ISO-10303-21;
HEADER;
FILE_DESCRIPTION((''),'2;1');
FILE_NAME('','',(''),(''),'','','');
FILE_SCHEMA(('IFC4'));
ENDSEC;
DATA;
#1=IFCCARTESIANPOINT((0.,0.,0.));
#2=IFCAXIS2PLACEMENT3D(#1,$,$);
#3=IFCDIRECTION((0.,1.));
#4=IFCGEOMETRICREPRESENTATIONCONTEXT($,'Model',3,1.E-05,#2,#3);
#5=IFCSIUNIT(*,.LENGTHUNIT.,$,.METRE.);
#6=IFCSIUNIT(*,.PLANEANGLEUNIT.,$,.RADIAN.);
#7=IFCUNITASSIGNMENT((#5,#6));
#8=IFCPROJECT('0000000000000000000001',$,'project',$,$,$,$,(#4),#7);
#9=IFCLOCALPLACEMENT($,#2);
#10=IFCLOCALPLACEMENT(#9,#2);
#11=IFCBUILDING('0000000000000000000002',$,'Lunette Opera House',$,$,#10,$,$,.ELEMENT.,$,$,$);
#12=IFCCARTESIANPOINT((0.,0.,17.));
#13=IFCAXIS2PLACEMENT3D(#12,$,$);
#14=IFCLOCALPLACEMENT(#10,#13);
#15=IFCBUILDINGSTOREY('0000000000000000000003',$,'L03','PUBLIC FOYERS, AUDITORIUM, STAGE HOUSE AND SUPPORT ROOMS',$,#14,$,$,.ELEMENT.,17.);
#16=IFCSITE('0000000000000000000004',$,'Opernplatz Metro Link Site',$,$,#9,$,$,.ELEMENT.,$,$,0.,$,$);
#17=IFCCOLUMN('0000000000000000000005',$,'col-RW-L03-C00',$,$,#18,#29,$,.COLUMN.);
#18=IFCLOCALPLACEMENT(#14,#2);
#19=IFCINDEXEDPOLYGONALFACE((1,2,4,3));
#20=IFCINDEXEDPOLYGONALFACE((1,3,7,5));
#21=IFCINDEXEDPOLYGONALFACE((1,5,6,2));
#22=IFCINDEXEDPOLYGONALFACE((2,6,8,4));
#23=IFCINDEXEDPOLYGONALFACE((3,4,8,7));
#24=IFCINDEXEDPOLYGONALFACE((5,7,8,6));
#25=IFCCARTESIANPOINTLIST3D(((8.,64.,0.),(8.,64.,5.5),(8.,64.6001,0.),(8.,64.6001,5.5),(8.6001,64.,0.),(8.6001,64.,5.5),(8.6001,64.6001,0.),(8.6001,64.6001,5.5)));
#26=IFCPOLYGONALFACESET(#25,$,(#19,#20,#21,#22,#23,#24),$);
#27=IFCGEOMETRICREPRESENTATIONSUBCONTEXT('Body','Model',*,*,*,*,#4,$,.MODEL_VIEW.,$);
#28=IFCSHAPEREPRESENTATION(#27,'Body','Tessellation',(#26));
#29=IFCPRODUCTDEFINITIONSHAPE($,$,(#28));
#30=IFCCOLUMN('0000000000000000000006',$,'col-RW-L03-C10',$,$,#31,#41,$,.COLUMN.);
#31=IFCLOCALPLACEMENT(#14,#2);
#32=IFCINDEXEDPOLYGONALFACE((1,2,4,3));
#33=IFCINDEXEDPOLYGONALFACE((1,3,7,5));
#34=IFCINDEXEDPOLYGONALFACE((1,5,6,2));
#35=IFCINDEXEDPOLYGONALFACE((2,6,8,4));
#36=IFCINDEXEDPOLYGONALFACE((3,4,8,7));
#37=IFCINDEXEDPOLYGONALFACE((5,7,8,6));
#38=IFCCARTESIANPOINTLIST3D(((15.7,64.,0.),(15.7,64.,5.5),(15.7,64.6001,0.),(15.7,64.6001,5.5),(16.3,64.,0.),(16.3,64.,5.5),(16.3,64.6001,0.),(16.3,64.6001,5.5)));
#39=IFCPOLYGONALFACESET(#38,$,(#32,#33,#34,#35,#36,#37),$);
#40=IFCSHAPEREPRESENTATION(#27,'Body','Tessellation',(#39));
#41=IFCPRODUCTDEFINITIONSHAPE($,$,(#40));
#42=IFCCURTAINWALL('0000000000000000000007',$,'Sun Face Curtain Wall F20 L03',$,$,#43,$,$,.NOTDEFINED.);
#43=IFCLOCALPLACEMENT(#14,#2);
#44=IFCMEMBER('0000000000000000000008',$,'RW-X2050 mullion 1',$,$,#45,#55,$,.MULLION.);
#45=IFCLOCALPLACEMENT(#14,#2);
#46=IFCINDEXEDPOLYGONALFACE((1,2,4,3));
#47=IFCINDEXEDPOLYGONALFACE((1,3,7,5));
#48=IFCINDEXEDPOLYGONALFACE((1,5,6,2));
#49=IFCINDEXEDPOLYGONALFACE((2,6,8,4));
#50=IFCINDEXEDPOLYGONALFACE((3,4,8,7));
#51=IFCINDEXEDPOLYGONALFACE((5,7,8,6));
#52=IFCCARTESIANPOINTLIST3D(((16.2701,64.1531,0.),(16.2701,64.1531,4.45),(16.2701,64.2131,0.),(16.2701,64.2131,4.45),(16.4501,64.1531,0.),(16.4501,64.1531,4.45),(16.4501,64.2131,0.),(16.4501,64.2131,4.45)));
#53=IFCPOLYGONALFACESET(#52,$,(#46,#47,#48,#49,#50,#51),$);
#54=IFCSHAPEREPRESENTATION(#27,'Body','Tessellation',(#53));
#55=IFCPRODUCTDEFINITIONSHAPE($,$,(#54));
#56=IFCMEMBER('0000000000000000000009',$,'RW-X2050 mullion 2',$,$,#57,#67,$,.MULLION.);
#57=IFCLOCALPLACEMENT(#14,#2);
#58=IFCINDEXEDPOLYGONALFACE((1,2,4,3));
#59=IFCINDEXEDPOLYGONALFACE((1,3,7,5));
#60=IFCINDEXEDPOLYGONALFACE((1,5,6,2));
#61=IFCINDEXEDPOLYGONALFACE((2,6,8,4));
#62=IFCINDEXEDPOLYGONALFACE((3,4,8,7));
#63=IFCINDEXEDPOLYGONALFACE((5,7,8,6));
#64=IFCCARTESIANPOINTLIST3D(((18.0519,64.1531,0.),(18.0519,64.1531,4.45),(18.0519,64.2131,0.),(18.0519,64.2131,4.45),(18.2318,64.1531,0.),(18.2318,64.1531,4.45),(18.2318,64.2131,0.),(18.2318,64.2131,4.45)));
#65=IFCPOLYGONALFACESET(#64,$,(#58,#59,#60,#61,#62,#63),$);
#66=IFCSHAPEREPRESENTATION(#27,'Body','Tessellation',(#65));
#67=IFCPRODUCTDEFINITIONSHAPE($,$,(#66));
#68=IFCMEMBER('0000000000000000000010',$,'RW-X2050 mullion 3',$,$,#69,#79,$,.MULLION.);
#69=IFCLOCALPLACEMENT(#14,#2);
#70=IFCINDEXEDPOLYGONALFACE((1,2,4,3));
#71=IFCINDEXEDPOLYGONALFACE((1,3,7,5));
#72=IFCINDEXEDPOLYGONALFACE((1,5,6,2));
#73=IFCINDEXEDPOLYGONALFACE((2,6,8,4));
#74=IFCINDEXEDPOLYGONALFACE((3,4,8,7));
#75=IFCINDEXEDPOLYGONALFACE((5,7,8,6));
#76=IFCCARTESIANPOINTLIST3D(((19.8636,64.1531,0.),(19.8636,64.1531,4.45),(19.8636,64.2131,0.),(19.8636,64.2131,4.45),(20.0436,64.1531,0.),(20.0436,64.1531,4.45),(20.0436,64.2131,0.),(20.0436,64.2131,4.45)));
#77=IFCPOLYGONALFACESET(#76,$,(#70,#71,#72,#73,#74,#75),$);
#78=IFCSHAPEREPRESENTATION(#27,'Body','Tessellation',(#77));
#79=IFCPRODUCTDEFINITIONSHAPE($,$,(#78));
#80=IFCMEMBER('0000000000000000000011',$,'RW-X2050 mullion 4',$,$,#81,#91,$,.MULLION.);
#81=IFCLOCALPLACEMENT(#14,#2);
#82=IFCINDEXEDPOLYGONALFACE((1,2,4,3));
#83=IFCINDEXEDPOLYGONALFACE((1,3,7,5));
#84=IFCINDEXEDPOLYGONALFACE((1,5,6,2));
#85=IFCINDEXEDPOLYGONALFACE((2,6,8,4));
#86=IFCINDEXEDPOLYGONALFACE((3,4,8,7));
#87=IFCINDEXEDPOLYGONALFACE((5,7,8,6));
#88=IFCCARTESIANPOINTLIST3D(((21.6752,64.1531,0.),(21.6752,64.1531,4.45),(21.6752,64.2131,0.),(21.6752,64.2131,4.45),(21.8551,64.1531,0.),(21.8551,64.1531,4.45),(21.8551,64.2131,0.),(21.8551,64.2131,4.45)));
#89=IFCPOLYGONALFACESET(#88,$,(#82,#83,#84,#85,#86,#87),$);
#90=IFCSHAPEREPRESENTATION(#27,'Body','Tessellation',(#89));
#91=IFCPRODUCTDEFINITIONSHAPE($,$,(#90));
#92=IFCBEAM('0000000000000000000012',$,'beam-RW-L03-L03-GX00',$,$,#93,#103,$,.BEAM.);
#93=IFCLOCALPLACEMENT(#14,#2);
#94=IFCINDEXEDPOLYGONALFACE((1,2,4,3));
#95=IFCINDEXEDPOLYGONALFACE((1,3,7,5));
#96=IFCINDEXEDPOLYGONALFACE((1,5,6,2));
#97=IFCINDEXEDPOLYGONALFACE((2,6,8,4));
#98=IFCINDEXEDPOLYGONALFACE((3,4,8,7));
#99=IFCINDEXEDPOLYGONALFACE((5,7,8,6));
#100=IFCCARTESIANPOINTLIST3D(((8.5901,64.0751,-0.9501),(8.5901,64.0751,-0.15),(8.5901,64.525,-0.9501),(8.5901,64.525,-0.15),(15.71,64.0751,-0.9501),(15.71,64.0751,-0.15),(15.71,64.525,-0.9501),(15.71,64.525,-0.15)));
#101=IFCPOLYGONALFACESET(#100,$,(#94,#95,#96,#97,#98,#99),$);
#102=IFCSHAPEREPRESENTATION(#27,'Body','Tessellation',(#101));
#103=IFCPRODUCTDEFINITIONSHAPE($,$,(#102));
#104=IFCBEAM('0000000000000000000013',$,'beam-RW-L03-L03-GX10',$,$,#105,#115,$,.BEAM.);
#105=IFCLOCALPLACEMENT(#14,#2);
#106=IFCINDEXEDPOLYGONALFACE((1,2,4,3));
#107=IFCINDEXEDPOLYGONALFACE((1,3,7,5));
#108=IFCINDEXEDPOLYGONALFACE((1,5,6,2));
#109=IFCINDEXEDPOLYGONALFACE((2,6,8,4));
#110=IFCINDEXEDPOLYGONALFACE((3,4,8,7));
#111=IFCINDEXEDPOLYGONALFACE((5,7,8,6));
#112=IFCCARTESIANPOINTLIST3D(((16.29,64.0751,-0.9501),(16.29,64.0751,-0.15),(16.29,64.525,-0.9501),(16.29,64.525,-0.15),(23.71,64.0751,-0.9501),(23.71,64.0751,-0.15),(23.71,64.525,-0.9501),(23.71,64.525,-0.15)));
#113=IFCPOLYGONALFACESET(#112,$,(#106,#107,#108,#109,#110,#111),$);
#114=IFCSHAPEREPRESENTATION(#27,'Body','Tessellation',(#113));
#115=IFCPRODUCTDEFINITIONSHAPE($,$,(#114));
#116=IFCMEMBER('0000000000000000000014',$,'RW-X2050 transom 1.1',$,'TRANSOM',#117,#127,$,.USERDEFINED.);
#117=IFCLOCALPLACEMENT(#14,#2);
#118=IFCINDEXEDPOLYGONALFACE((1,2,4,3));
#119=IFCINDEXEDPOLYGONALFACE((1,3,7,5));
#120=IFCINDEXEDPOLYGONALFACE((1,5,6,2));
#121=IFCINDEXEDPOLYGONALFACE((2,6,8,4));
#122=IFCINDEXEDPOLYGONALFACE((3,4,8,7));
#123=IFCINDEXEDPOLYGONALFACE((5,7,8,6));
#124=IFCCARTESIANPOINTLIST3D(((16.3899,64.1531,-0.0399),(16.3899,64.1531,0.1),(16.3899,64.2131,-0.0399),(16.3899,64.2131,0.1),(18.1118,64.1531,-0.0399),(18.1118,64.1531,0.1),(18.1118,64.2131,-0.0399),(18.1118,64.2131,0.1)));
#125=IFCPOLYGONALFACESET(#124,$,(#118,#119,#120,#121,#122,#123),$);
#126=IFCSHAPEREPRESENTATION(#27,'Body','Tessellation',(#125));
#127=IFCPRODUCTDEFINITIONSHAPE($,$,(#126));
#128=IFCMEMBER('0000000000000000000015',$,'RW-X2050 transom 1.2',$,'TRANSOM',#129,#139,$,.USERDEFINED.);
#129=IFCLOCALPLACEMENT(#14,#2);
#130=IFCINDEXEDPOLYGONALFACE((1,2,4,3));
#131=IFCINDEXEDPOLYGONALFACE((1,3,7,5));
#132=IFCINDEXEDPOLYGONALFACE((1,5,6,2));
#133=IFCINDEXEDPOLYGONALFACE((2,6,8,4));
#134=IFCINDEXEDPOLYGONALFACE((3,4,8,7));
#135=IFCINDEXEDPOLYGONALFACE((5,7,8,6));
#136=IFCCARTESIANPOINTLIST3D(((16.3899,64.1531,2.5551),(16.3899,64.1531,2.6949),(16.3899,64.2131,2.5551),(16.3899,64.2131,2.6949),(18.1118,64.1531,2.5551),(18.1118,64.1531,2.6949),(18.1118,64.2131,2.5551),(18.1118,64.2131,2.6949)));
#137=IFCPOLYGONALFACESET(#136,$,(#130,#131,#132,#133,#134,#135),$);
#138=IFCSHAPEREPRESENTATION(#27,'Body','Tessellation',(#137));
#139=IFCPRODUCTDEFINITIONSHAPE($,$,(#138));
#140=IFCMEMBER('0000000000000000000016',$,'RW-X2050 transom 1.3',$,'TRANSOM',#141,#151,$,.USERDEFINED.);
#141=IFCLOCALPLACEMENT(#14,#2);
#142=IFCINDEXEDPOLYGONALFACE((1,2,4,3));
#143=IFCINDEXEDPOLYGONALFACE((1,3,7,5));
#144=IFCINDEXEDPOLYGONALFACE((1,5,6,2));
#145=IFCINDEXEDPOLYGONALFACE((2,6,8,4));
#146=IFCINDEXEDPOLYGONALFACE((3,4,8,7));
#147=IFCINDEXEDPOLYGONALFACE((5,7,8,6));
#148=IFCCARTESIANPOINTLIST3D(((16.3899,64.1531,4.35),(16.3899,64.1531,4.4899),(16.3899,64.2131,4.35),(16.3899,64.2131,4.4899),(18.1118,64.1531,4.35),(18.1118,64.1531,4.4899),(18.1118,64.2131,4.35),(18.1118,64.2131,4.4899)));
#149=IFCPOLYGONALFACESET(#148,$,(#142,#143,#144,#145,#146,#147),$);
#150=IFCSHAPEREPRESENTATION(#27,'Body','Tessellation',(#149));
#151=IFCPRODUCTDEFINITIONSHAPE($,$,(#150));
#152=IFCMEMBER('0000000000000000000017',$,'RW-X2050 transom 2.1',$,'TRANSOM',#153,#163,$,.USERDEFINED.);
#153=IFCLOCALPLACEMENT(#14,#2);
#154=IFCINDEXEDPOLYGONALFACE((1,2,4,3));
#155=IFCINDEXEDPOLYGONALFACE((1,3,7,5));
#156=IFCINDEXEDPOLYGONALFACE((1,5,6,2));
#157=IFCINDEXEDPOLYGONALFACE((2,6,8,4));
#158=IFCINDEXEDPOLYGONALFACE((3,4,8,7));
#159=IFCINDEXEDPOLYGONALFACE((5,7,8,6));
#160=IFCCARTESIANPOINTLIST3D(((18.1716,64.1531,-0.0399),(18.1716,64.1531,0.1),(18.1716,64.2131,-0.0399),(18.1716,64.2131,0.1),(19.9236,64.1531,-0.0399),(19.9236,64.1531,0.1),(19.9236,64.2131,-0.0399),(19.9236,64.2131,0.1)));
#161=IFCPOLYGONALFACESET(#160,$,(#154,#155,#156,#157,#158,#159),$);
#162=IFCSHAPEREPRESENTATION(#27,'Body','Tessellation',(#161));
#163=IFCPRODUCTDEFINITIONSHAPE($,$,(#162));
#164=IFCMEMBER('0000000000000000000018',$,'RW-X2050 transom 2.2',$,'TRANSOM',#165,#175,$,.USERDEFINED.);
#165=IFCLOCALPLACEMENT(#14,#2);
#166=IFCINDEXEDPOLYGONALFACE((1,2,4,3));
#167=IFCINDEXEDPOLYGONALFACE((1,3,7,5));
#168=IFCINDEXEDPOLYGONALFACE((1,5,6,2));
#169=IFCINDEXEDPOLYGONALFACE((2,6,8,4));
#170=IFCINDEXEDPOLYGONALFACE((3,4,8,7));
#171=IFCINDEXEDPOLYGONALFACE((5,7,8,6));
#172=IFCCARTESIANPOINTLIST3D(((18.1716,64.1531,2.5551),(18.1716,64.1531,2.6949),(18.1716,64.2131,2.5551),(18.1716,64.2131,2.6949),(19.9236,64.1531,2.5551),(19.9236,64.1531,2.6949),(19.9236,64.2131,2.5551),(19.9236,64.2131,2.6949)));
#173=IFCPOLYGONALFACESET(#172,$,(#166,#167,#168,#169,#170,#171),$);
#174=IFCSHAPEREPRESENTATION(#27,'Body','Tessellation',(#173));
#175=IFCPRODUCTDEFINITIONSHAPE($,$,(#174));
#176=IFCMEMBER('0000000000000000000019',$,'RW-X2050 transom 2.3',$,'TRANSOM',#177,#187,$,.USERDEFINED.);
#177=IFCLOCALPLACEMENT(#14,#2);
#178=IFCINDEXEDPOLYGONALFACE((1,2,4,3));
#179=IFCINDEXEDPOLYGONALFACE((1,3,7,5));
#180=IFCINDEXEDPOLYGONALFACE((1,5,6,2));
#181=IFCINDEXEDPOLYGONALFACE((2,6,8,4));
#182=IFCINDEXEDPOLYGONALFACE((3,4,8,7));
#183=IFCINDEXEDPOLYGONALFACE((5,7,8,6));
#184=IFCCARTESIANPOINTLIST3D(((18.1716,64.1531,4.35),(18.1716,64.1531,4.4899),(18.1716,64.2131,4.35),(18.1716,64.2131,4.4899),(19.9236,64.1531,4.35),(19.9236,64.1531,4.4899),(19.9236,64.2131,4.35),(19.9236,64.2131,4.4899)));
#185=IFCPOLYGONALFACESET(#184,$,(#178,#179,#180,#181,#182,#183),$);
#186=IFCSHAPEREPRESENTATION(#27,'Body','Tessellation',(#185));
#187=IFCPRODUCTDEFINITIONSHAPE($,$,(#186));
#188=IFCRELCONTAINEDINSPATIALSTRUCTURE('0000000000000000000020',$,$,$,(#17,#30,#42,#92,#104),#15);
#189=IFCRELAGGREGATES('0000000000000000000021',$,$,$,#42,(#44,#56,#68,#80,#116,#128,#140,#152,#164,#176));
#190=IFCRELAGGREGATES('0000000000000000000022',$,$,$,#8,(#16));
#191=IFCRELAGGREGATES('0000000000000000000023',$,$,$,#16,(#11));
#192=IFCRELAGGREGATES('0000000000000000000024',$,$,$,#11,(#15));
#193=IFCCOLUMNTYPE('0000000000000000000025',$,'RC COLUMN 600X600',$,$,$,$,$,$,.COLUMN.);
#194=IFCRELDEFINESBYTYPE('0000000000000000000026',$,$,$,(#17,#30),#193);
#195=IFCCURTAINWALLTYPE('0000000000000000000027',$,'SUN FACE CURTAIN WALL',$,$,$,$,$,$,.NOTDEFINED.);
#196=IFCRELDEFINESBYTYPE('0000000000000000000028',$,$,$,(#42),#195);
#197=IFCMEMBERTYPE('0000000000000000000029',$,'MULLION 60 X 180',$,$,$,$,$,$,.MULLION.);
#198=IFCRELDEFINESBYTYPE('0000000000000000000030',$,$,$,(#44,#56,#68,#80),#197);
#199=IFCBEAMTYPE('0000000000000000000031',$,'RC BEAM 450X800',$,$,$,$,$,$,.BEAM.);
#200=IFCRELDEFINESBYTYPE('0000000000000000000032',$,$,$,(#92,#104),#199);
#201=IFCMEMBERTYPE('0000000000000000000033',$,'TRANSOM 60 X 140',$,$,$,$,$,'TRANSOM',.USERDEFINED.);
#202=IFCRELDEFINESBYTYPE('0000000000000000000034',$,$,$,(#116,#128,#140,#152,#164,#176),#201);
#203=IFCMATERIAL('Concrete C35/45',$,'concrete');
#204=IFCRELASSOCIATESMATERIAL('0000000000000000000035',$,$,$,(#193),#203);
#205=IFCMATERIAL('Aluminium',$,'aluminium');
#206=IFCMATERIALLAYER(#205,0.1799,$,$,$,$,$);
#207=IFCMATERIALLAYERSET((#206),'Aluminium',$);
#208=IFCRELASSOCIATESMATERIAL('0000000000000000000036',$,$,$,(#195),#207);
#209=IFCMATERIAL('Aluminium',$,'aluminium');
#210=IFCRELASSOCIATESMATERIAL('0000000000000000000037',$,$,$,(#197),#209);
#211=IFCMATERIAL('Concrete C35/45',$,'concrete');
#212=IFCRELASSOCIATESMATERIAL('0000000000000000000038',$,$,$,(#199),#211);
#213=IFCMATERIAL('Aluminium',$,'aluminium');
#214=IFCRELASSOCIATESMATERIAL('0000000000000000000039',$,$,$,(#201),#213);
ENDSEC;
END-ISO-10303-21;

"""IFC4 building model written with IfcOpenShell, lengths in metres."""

from ifc_helpers import new_model, si_unit, direction, frame, origin, origin_2d, place, context, subcontext, project, spatial, rectangle, extrude, material, layer, layer_set, material_profile, profile_set, type_object, element, aggregate, save


model = new_model("IFC4")

# Units and contexts
model_context = context("Model", 3, precision=1e-05, world=origin(), true_north=direction((0.0, 1.0)))
body_context = subcontext(model_context, "Body", "Model", "MODEL_VIEW")
ifc_project = project(units=[si_unit("LENGTHUNIT", "METRE"), si_unit("PLANEANGLEUNIT", "RADIAN")], contexts=[model_context])

# Site, building, storey
site_placement = place(None, origin())
site = spatial("IfcSite", under=ifc_project, at=site_placement, Name="Opernplatz Metro Link Site", CompositionType="ELEMENT", RefElevation=0.0)
building_placement = place(site_placement, origin())
building = spatial("IfcBuilding", under=site, at=building_placement, Name="Lunette Opera House", CompositionType="ELEMENT")
storey_placement = place(building_placement, frame((0.0, 0.0, 17.0)))
storey = spatial("IfcBuildingStorey", under=building, at=storey_placement, Name="L03", Description="PUBLIC FOYERS, AUDITORIUM, STAGE HOUSE AND SUPPORT ROOMS", CompositionType="ELEMENT", Elevation=17.0)

# Columns
ifc_material_1 = material(Name="Concrete C35/45", Category="concrete")
ifc_material_profile_1 = material_profile(ifc_material_1, rectangle(XDim=0.6001, YDim=0.6001, at=origin_2d()), Name="RC COLUMN 600X600")
ifc_profile_set_1 = profile_set([ifc_material_profile_1], Name="Concrete C35/45")
column_type = type_object("IfcColumnType", Name="RC COLUMN 600X600", PredefinedType="COLUMN", material=ifc_profile_set_1)
for number, where, z_axis, x_axis, name in (
    (1, (8.3, 64.3, 0.0), (0.0, 0.0, 1.0), (1.0, 0.0, 0.0), "col-RW-L03-C00"),
    (2, (16.0, 64.3, 0.0), (0.0, 0.0, 1.0), (1.0, 0.0, 0.0), "col-RW-L03-C10"),
):
    element("IfcColumn", number, at=place(storey_placement, frame(where, z_axis=z_axis, x_axis=x_axis)), inside=storey, type_object=column_type, Name=name, PredefinedType="COLUMN", context=body_context, shape_type="SweptSolid", body=[
        extrude(rectangle(XDim=0.6001, YDim=0.6001, at=origin_2d()), origin(), (0.0, 0.0, 1.0), 5.5),
    ])

# Curtain wall, members
ifc_material_2 = material(Name="Aluminium", Category="aluminium")
ifc_layer_1 = layer(ifc_material_2, 0.1799)
ifc_layer_set_1 = layer_set([ifc_layer_1], Name="Aluminium")
curtain_wall_type = type_object("IfcCurtainWallType", Name="SUN FACE CURTAIN WALL", PredefinedType="NOTDEFINED", material=ifc_layer_set_1)
curtain_wall_placement = place(storey_placement, origin())
curtain_wall = element("IfcCurtainWall", 3, at=curtain_wall_placement, inside=storey, type_object=curtain_wall_type, Name="Sun Face Curtain Wall F20 L03", PredefinedType="NOTDEFINED")
ifc_material_3 = material(Name="Aluminium", Category="aluminium")
ifc_material_profile_2 = material_profile(ifc_material_3, rectangle(XDim=0.0601, YDim=0.1799, at=origin_2d()), Name="MULLION 60 X 180")
ifc_profile_set_2 = profile_set([ifc_material_profile_2], Name="Aluminium")
member_type_1 = type_object("IfcMemberType", Name="MULLION 60 X 180", PredefinedType="MULLION", material=ifc_profile_set_2)
member_1_placement = place(storey_placement, frame((16.3601, 64.1831, 0.0), z_axis=(0.0, 0.0, 1.0), x_axis=(0.0, 1.0, 0.0)))
member_1 = element("IfcMember", 4, at=member_1_placement, type_object=member_type_1, Name="RW-X2050 mullion 1", PredefinedType="MULLION", context=body_context, shape_type="SweptSolid", body=[
    extrude(rectangle(XDim=0.0601, YDim=0.1799, at=origin_2d()), origin(), (0.0, 0.0, 1.0), 4.45),
])
member_2_placement = place(storey_placement, frame((18.1418, 64.1831, 0.0), z_axis=(0.0, 0.0, 1.0), x_axis=(0.0, 1.0, 0.0)))
member_2 = element("IfcMember", 5, at=member_2_placement, type_object=member_type_1, Name="RW-X2050 mullion 2", PredefinedType="MULLION", context=body_context, shape_type="SweptSolid", body=[
    extrude(rectangle(XDim=0.0601, YDim=0.1799, at=origin_2d()), origin(), (0.0, 0.0, 1.0), 4.45),
])
member_3_placement = place(storey_placement, frame((19.9536, 64.1831, 0.0), z_axis=(0.0, 0.0, 1.0), x_axis=(0.0, 1.0, 0.0)))
member_3 = element("IfcMember", 6, at=member_3_placement, type_object=member_type_1, Name="RW-X2050 mullion 3", PredefinedType="MULLION", context=body_context, shape_type="SweptSolid", body=[
    extrude(rectangle(XDim=0.0601, YDim=0.1799, at=origin_2d()), origin(), (0.0, 0.0, 1.0), 4.45),
])
member_4_placement = place(storey_placement, frame((21.7651, 64.1831, 0.0), z_axis=(0.0, 0.0, 1.0), x_axis=(0.0, 1.0, 0.0)))
member_4 = element("IfcMember", 7, at=member_4_placement, type_object=member_type_1, Name="RW-X2050 mullion 4", PredefinedType="MULLION", context=body_context, shape_type="SweptSolid", body=[
    extrude(rectangle(XDim=0.0601, YDim=0.1799, at=origin_2d()), origin(), (0.0, 0.0, 1.0), 4.45),
])

# Beams
ifc_material_4 = material(Name="Concrete C35/45", Category="concrete")
ifc_material_profile_3 = material_profile(ifc_material_4, rectangle(XDim=0.45, YDim=0.8, at=origin_2d()), Name="RC BEAM 450X800")
ifc_profile_set_3 = profile_set([ifc_material_profile_3], Name="Concrete C35/45")
beam_type = type_object("IfcBeamType", Name="RC BEAM 450X800", PredefinedType="BEAM", material=ifc_profile_set_3)
beam_1_placement = place(storey_placement, frame((8.5901, 64.3, -0.55), z_axis=(1.0, 0.0, 0.0), x_axis=(0.0, 1.0, 0.0)))
element("IfcBeam", 8, at=beam_1_placement, inside=storey, type_object=beam_type, Name="beam-RW-L03-L03-GX00", PredefinedType="BEAM", context=body_context, shape_type="SweptSolid", body=[
    extrude(rectangle(XDim=0.45, YDim=0.8, at=origin_2d()), origin(), (0.0, 0.0, 1.0), 7.1199),
])
beam_2_placement = place(storey_placement, frame((16.29, 64.3, -0.55), z_axis=(1.0, 0.0, 0.0), x_axis=(0.0, 1.0, 0.0)))
element("IfcBeam", 9, at=beam_2_placement, inside=storey, type_object=beam_type, Name="beam-RW-L03-L03-GX10", PredefinedType="BEAM", context=body_context, shape_type="SweptSolid", body=[
    extrude(rectangle(XDim=0.45, YDim=0.8, at=origin_2d()), origin(), (0.0, 0.0, 1.0), 7.4199),
])

# Members
ifc_material_5 = material(Name="Aluminium", Category="aluminium")
ifc_material_profile_4 = material_profile(ifc_material_5, rectangle(XDim=0.0601, YDim=0.1399, at=origin_2d()), Name="TRANSOM 60 X 140")
ifc_profile_set_4 = profile_set([ifc_material_profile_4], Name="Aluminium")
member_type_2 = type_object("IfcMemberType", Name="TRANSOM 60 X 140", ElementType="TRANSOM", PredefinedType="USERDEFINED", material=ifc_profile_set_4)
member_5_placement = place(storey_placement, frame((16.3899, 64.1831, 0.03), z_axis=(1.0, 0.0, 0.0), x_axis=(0.0, 1.0, 0.0)))
member_5 = element("IfcMember", 10, at=member_5_placement, type_object=member_type_2, Name="RW-X2050 transom 1.1", ObjectType="TRANSOM", PredefinedType="USERDEFINED", context=body_context, shape_type="SweptSolid", body=[
    extrude(rectangle(XDim=0.0601, YDim=0.1399, at=origin_2d()), origin(), (0.0, 0.0, 1.0), 1.7219),
])
member_6_placement = place(storey_placement, frame((16.3899, 64.1831, 2.625), z_axis=(1.0, 0.0, 0.0), x_axis=(0.0, 1.0, 0.0)))
member_6 = element("IfcMember", 11, at=member_6_placement, type_object=member_type_2, Name="RW-X2050 transom 1.2", ObjectType="TRANSOM", PredefinedType="USERDEFINED", context=body_context, shape_type="SweptSolid", body=[
    extrude(rectangle(XDim=0.0601, YDim=0.1399, at=origin_2d()), origin(), (0.0, 0.0, 1.0), 1.7219),
])
member_7_placement = place(storey_placement, frame((16.3899, 64.1831, 4.4199), z_axis=(1.0, 0.0, 0.0), x_axis=(0.0, 1.0, 0.0)))
member_7 = element("IfcMember", 12, at=member_7_placement, type_object=member_type_2, Name="RW-X2050 transom 1.3", ObjectType="TRANSOM", PredefinedType="USERDEFINED", context=body_context, shape_type="SweptSolid", body=[
    extrude(rectangle(XDim=0.0601, YDim=0.1399, at=origin_2d()), origin(), (0.0, 0.0, 1.0), 1.7219),
])
member_8_placement = place(storey_placement, frame((18.1716, 64.1831, 0.03), z_axis=(1.0, 0.0, 0.0), x_axis=(0.0, 1.0, 0.0)))
member_8 = element("IfcMember", 13, at=member_8_placement, type_object=member_type_2, Name="RW-X2050 transom 2.1", ObjectType="TRANSOM", PredefinedType="USERDEFINED", context=body_context, shape_type="SweptSolid", body=[
    extrude(rectangle(XDim=0.0601, YDim=0.1399, at=origin_2d()), origin(), (0.0, 0.0, 1.0), 1.752),
])
member_9_placement = place(storey_placement, frame((18.1716, 64.1831, 2.625), z_axis=(1.0, 0.0, 0.0), x_axis=(0.0, 1.0, 0.0)))
member_9 = element("IfcMember", 14, at=member_9_placement, type_object=member_type_2, Name="RW-X2050 transom 2.2", ObjectType="TRANSOM", PredefinedType="USERDEFINED", context=body_context, shape_type="SweptSolid", body=[
    extrude(rectangle(XDim=0.0601, YDim=0.1399, at=origin_2d()), origin(), (0.0, 0.0, 1.0), 1.752),
])
member_10_placement = place(storey_placement, frame((18.1716, 64.1831, 4.4199), z_axis=(1.0, 0.0, 0.0), x_axis=(0.0, 1.0, 0.0)))
member_10 = element("IfcMember", 15, at=member_10_placement, type_object=member_type_2, Name="RW-X2050 transom 2.3", ObjectType="TRANSOM", PredefinedType="USERDEFINED", context=body_context, shape_type="SweptSolid", body=[
    extrude(rectangle(XDim=0.0601, YDim=0.1399, at=origin_2d()), origin(), (0.0, 0.0, 1.0), 1.752),
])

aggregate(curtain_wall, [member_1, member_2, member_3, member_4, member_5, member_6, member_7, member_8, member_9, member_10])

save(model, "model.ifc")
